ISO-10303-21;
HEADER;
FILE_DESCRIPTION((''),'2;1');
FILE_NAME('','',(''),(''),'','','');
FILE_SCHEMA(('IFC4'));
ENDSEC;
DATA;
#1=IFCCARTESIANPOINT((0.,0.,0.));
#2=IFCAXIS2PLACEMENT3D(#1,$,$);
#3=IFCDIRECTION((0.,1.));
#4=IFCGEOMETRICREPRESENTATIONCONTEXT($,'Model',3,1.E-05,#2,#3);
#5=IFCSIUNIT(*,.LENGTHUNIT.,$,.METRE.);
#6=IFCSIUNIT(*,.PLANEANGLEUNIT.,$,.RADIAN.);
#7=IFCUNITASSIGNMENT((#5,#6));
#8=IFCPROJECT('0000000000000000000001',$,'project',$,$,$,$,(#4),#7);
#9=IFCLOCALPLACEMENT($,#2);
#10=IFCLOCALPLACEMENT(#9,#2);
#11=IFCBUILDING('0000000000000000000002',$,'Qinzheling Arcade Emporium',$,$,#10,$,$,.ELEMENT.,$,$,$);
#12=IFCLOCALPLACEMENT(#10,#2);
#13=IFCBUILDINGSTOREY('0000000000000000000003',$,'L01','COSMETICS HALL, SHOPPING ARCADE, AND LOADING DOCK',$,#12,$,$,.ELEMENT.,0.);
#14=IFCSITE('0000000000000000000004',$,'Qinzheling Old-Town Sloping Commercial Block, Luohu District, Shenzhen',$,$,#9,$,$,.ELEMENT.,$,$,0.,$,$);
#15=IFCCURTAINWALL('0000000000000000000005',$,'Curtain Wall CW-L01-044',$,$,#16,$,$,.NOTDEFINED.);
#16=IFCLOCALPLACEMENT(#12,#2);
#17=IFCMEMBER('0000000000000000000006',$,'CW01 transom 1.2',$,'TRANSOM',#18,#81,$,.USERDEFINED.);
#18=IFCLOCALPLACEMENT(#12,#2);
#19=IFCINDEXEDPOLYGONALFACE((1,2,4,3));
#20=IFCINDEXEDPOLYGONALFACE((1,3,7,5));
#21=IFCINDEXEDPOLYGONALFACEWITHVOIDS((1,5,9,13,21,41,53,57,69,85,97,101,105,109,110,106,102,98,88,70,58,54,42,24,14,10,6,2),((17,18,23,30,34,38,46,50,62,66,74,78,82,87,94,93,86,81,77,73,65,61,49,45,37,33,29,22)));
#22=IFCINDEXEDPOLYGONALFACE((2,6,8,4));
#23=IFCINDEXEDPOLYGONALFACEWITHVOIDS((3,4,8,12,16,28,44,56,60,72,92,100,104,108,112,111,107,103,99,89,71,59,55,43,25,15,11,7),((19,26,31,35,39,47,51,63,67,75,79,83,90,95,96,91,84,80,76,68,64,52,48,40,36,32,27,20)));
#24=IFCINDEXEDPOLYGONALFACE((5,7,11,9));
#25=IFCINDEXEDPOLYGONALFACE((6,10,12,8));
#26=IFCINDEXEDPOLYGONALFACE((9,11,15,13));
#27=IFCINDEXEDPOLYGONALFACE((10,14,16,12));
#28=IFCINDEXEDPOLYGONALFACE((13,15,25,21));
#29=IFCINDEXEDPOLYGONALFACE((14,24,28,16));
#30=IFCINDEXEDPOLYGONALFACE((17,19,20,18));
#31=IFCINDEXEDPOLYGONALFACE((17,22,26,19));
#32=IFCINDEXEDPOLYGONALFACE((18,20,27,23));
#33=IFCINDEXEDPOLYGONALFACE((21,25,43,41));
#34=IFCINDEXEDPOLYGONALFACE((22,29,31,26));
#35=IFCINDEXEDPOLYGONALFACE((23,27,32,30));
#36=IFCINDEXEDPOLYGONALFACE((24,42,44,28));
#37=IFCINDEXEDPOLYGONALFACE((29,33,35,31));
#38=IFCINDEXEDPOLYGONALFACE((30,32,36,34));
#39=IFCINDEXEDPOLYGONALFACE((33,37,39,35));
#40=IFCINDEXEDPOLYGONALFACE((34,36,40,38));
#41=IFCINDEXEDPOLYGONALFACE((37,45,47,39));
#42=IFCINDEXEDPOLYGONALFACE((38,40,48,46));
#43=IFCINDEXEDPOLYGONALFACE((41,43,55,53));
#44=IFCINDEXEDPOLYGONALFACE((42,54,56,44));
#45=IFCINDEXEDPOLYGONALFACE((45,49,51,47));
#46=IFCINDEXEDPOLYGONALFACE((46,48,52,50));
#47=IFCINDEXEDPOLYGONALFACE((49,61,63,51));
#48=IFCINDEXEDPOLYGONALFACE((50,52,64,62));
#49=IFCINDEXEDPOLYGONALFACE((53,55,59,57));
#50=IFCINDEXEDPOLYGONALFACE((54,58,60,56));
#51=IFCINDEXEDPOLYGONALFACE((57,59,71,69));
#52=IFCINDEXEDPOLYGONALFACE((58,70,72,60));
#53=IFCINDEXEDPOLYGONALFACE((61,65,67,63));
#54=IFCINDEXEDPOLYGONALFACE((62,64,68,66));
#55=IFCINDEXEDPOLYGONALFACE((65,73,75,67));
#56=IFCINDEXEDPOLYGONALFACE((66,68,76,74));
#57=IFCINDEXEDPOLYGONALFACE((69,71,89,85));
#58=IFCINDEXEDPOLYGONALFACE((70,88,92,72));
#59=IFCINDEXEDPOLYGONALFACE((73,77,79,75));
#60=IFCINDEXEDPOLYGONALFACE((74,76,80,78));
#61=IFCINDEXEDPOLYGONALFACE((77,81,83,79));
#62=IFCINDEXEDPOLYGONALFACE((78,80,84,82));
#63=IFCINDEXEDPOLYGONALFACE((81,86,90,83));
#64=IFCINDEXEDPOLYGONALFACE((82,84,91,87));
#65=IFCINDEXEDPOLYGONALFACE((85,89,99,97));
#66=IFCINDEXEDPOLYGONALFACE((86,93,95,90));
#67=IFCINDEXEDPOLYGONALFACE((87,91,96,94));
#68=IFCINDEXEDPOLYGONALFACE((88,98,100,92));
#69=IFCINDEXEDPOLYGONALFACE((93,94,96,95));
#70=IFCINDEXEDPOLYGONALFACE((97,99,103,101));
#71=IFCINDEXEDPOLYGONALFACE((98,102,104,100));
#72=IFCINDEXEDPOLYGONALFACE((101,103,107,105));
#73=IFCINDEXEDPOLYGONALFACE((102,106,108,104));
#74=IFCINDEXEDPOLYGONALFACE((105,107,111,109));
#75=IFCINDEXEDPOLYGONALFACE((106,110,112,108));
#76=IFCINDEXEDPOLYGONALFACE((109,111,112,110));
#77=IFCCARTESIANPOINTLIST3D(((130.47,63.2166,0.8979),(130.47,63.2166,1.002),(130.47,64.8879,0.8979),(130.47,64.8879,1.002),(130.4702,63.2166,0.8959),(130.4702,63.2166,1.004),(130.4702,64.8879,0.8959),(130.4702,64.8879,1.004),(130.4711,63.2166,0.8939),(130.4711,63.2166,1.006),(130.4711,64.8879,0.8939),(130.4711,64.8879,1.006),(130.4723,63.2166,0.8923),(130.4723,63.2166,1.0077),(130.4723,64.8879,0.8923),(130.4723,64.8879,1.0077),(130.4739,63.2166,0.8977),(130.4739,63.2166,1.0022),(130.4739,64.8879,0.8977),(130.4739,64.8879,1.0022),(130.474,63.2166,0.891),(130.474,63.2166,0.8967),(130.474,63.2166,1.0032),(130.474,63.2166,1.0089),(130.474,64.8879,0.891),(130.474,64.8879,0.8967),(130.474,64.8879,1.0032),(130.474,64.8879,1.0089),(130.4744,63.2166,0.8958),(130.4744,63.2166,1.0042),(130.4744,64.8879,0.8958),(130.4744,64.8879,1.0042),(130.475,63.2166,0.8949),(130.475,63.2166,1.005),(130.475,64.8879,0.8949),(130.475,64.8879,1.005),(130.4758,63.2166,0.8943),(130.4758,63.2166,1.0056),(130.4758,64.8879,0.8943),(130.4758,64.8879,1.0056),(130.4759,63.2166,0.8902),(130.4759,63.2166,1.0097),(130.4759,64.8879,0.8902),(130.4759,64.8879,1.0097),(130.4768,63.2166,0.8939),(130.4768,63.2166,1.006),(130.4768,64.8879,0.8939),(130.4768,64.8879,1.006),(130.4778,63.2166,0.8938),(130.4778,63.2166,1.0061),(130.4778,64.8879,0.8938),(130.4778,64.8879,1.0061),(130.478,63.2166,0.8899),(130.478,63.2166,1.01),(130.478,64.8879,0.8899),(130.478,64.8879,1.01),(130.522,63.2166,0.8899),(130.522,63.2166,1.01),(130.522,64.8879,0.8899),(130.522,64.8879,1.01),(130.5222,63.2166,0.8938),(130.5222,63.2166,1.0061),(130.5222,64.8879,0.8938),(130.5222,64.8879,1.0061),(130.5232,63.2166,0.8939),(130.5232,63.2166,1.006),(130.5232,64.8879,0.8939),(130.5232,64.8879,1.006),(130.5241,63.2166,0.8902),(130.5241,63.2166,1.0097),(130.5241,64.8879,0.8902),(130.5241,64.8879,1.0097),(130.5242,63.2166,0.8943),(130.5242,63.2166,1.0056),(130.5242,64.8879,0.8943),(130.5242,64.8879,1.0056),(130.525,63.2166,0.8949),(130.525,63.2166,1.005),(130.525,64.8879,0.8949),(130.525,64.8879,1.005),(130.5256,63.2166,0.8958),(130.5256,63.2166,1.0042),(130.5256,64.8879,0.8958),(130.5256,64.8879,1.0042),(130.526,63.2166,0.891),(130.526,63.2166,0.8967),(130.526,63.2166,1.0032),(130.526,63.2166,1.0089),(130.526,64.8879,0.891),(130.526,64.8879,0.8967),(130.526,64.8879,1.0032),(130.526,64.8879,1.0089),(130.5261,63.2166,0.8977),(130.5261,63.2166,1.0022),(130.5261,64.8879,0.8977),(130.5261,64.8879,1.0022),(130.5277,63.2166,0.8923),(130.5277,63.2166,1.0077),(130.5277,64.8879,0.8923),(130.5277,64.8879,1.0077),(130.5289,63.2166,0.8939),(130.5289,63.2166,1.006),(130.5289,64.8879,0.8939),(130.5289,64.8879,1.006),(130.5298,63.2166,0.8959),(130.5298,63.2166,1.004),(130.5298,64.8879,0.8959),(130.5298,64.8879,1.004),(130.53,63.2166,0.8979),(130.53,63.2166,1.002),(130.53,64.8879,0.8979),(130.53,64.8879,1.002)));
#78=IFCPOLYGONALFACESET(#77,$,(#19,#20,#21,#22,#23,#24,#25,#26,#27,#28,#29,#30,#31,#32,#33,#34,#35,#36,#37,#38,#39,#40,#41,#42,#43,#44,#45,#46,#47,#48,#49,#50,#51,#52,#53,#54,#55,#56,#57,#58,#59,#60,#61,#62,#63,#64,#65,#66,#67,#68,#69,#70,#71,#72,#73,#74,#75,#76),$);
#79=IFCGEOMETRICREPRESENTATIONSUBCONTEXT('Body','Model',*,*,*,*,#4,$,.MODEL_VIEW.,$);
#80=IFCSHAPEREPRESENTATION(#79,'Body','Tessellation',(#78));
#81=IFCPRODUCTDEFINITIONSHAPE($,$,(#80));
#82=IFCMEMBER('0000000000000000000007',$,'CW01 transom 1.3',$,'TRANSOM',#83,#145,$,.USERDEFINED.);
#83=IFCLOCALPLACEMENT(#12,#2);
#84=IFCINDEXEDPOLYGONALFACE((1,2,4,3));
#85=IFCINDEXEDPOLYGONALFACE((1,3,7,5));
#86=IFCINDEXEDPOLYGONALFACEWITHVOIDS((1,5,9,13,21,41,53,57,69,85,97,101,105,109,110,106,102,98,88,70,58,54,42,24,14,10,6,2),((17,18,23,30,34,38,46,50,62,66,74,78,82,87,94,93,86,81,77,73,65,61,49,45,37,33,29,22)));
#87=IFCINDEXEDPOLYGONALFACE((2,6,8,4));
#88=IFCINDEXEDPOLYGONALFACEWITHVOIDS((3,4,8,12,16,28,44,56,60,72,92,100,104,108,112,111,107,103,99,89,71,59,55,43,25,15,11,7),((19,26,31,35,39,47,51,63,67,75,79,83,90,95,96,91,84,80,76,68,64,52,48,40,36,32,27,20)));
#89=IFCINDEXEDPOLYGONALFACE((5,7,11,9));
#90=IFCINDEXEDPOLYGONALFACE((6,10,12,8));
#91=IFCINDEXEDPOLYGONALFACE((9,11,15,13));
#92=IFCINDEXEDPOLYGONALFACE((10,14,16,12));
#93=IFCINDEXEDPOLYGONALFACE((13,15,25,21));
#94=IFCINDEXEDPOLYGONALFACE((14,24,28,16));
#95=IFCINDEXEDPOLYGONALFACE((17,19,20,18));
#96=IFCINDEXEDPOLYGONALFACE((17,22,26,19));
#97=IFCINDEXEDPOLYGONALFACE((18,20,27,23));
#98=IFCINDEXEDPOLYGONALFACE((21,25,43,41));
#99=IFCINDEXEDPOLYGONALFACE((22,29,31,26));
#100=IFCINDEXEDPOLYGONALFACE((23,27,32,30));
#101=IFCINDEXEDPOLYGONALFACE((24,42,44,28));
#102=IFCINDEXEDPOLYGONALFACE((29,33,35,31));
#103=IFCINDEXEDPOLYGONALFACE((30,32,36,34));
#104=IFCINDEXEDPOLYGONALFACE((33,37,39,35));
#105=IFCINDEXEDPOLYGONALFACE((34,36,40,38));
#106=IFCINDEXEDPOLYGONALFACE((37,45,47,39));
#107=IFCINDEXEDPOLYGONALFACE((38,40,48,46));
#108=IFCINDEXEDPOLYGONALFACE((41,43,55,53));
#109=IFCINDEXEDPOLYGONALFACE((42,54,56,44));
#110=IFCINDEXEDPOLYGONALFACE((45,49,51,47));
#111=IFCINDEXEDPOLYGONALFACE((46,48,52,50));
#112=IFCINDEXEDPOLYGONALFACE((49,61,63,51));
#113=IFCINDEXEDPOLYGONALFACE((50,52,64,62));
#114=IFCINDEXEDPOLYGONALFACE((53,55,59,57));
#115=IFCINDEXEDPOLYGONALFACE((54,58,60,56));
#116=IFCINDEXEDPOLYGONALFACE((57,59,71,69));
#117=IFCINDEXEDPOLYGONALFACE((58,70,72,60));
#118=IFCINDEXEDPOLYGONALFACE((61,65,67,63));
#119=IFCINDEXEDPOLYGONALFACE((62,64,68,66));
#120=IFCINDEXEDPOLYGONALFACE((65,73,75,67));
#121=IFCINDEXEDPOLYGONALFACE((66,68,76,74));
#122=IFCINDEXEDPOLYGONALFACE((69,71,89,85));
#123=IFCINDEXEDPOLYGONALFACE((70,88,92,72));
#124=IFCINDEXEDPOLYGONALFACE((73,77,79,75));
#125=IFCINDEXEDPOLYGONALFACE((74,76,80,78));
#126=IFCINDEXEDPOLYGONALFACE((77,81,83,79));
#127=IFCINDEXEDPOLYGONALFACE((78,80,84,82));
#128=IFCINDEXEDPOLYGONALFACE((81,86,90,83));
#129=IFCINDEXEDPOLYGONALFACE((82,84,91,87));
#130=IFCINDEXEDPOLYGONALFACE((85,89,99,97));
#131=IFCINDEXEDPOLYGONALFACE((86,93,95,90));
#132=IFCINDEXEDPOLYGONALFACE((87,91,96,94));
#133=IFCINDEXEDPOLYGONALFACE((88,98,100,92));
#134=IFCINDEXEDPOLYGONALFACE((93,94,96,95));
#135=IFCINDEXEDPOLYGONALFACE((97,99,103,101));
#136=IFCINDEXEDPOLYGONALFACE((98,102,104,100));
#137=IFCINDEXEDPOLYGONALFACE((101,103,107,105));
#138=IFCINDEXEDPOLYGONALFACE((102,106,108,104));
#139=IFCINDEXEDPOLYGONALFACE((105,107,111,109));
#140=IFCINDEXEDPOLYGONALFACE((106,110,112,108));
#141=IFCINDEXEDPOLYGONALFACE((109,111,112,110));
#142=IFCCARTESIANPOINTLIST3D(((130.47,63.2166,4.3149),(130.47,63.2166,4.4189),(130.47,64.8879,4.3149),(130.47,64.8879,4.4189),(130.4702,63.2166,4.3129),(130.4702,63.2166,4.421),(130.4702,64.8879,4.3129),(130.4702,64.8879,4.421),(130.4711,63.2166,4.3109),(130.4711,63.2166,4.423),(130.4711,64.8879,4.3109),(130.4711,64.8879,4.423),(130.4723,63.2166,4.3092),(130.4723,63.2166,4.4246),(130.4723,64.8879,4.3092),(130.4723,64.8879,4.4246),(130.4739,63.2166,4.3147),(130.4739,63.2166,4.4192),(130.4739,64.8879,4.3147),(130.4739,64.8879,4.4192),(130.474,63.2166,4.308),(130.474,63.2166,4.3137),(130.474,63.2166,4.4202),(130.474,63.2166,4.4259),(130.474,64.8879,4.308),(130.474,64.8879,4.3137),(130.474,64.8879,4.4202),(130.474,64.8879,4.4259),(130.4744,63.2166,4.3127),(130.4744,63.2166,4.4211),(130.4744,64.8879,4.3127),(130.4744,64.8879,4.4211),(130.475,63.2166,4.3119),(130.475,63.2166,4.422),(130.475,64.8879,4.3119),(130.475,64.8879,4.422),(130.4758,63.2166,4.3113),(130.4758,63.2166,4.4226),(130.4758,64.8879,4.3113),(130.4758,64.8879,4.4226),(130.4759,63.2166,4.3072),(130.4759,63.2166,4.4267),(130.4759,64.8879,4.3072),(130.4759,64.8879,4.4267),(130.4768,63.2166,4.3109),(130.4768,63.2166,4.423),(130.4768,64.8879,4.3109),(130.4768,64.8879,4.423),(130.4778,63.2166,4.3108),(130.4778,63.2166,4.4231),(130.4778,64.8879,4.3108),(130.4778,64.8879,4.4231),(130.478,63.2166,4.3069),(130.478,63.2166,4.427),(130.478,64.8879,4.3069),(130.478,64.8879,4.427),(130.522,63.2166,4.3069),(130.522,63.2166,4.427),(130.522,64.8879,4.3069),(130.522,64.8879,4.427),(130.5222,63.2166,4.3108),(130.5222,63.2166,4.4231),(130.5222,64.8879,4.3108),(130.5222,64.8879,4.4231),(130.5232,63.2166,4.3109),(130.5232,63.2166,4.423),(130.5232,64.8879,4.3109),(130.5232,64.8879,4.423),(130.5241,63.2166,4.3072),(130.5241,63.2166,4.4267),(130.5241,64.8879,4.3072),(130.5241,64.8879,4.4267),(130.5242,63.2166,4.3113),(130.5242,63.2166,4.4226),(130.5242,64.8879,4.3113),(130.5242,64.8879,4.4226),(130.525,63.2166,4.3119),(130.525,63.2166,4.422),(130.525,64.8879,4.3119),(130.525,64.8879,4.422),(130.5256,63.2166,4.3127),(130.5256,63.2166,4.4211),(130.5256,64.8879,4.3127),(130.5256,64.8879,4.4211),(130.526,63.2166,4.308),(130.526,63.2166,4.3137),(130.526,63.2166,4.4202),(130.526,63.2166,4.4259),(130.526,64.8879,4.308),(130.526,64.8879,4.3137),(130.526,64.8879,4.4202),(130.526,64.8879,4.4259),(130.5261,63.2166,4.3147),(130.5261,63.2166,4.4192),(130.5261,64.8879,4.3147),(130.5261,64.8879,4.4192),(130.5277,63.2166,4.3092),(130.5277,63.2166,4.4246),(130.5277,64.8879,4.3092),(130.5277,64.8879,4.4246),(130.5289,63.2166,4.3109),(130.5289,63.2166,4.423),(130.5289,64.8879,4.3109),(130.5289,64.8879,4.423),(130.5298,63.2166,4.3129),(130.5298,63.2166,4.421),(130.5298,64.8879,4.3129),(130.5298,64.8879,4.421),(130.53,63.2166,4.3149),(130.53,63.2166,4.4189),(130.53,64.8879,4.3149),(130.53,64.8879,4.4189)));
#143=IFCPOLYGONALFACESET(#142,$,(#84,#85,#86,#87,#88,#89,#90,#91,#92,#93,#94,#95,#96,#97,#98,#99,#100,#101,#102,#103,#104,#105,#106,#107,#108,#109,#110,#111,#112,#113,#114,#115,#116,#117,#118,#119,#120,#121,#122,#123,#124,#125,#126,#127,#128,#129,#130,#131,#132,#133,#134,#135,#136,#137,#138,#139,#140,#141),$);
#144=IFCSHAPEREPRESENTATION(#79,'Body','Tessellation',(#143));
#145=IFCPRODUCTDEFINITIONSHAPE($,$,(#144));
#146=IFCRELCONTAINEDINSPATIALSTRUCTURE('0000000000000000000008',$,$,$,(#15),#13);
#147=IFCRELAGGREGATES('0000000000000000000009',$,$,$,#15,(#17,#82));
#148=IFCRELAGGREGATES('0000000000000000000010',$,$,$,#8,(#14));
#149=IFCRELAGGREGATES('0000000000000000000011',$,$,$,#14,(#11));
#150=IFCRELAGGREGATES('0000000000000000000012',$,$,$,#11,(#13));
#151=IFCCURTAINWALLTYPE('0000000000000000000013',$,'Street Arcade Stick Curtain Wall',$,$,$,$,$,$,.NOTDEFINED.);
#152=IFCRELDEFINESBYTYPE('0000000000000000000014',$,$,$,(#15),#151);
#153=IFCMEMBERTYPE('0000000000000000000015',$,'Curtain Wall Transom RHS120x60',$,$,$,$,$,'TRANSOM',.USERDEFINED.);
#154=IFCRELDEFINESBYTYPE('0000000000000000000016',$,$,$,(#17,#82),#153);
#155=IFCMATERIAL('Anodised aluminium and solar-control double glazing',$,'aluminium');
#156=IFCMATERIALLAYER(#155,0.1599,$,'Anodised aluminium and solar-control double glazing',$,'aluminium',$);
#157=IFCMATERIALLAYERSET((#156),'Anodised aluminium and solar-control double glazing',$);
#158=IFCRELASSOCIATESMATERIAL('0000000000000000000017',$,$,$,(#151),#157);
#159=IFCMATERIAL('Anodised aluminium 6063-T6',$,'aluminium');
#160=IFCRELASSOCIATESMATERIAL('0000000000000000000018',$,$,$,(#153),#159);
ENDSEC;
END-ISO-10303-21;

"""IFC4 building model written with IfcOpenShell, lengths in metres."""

from ifc_helpers import new_model, si_unit, direction, frame, origin, origin_2d, place, context, subcontext, project, spatial, hollow_rectangle, extrude, material, layer, layer_set, material_profile, profile_set, type_object, element, aggregate, save


model = new_model("IFC4")

# Units and contexts
model_context = context("Model", 3, precision=1e-05, world=origin(), true_north=direction((0.0, 1.0)))
body_context = subcontext(model_context, "Body", "Model", "MODEL_VIEW")
ifc_project = project(units=[si_unit("LENGTHUNIT", "METRE"), si_unit("PLANEANGLEUNIT", "RADIAN")], contexts=[model_context])

# Site, building, storey
site_placement = place(None, origin())
site = spatial("IfcSite", under=ifc_project, at=site_placement, Name="Qinzheling Old-Town Sloping Commercial Block, Luohu District, Shenzhen", CompositionType="ELEMENT", RefElevation=0.0)
building_placement = place(site_placement, origin())
building = spatial("IfcBuilding", under=site, at=building_placement, Name="Qinzheling Arcade Emporium", CompositionType="ELEMENT")
storey_placement = place(building_placement, origin())
storey = spatial("IfcBuildingStorey", under=building, at=storey_placement, Name="L01", Description="COSMETICS HALL, SHOPPING ARCADE, AND LOADING DOCK", CompositionType="ELEMENT", Elevation=0.0)

# Shared definitions
ifc_material_1 = material(Name="Anodised aluminium and solar-control double glazing", Category="aluminium")
ifc_layer_1 = layer(ifc_material_1, 0.1599, Name="Anodised aluminium and solar-control double glazing", Category="aluminium")
ifc_layer_set_1 = layer_set([ifc_layer_1], Name="Anodised aluminium and solar-control double glazing")
curtain_wall_type = type_object("IfcCurtainWallType", Name="Street Arcade Stick Curtain Wall", PredefinedType="NOTDEFINED", material=ifc_layer_set_1)
ifc_material_2 = material(Name="Anodised aluminium 6063-T6", Category="aluminium")

# Curtain wall, members
curtain_wall_1_placement = place(storey_placement, origin())
curtain_wall_1 = element("IfcCurtainWall", 1, at=curtain_wall_1_placement, inside=storey, type_object=curtain_wall_type, Name="Curtain Wall CW-L01-044", PredefinedType="NOTDEFINED")
ifc_material_profile_1 = material_profile(ifc_material_2, hollow_rectangle(XDim=0.0601, YDim=0.1201, WallThickness=0.0039, InnerFilletRadius=0.0039, OuterFilletRadius=0.0081, at=origin_2d()), Name="RHS 120x60x4", Category="aluminium")
ifc_profile_set_1 = profile_set([ifc_material_profile_1], Name="Anodised aluminium 6063-T6")
member_type_1 = type_object("IfcMemberType", Name="Curtain Wall Transom RHS120x60", ElementType="TRANSOM", PredefinedType="USERDEFINED", material=ifc_profile_set_1)
member_1_placement = place(storey_placement, frame((130.5, 64.8879, 0.95), z_axis=(0.0, -1.0, 0.0), x_axis=(1.0, 0.0, 0.0)))
member_1 = element("IfcMember", 2, at=member_1_placement, type_object=member_type_1, Name="CW01 transom 1.2", ObjectType="TRANSOM", PredefinedType="USERDEFINED", context=body_context, shape_type="SweptSolid", body=[
    extrude(hollow_rectangle(XDim=0.0601, YDim=0.1201, WallThickness=0.0039, InnerFilletRadius=0.0039, OuterFilletRadius=0.0081, at=origin_2d()), origin(), (0.0, 0.0, 1.0), 1.6714),
])
member_2_placement = place(storey_placement, frame((130.5, 64.8879, 4.3669), z_axis=(0.0, -1.0, 0.0), x_axis=(1.0, 0.0, 0.0)))
member_2 = element("IfcMember", 3, at=member_2_placement, type_object=member_type_1, Name="CW01 transom 1.3", ObjectType="TRANSOM", PredefinedType="USERDEFINED", context=body_context, shape_type="SweptSolid", body=[
    extrude(hollow_rectangle(XDim=0.0601, YDim=0.1201, WallThickness=0.0039, InnerFilletRadius=0.0039, OuterFilletRadius=0.0081, at=origin_2d()), origin(), (0.0, 0.0, 1.0), 1.6714),
])

aggregate(curtain_wall_1, [member_1, member_2])

save(model, "model.ifc")
